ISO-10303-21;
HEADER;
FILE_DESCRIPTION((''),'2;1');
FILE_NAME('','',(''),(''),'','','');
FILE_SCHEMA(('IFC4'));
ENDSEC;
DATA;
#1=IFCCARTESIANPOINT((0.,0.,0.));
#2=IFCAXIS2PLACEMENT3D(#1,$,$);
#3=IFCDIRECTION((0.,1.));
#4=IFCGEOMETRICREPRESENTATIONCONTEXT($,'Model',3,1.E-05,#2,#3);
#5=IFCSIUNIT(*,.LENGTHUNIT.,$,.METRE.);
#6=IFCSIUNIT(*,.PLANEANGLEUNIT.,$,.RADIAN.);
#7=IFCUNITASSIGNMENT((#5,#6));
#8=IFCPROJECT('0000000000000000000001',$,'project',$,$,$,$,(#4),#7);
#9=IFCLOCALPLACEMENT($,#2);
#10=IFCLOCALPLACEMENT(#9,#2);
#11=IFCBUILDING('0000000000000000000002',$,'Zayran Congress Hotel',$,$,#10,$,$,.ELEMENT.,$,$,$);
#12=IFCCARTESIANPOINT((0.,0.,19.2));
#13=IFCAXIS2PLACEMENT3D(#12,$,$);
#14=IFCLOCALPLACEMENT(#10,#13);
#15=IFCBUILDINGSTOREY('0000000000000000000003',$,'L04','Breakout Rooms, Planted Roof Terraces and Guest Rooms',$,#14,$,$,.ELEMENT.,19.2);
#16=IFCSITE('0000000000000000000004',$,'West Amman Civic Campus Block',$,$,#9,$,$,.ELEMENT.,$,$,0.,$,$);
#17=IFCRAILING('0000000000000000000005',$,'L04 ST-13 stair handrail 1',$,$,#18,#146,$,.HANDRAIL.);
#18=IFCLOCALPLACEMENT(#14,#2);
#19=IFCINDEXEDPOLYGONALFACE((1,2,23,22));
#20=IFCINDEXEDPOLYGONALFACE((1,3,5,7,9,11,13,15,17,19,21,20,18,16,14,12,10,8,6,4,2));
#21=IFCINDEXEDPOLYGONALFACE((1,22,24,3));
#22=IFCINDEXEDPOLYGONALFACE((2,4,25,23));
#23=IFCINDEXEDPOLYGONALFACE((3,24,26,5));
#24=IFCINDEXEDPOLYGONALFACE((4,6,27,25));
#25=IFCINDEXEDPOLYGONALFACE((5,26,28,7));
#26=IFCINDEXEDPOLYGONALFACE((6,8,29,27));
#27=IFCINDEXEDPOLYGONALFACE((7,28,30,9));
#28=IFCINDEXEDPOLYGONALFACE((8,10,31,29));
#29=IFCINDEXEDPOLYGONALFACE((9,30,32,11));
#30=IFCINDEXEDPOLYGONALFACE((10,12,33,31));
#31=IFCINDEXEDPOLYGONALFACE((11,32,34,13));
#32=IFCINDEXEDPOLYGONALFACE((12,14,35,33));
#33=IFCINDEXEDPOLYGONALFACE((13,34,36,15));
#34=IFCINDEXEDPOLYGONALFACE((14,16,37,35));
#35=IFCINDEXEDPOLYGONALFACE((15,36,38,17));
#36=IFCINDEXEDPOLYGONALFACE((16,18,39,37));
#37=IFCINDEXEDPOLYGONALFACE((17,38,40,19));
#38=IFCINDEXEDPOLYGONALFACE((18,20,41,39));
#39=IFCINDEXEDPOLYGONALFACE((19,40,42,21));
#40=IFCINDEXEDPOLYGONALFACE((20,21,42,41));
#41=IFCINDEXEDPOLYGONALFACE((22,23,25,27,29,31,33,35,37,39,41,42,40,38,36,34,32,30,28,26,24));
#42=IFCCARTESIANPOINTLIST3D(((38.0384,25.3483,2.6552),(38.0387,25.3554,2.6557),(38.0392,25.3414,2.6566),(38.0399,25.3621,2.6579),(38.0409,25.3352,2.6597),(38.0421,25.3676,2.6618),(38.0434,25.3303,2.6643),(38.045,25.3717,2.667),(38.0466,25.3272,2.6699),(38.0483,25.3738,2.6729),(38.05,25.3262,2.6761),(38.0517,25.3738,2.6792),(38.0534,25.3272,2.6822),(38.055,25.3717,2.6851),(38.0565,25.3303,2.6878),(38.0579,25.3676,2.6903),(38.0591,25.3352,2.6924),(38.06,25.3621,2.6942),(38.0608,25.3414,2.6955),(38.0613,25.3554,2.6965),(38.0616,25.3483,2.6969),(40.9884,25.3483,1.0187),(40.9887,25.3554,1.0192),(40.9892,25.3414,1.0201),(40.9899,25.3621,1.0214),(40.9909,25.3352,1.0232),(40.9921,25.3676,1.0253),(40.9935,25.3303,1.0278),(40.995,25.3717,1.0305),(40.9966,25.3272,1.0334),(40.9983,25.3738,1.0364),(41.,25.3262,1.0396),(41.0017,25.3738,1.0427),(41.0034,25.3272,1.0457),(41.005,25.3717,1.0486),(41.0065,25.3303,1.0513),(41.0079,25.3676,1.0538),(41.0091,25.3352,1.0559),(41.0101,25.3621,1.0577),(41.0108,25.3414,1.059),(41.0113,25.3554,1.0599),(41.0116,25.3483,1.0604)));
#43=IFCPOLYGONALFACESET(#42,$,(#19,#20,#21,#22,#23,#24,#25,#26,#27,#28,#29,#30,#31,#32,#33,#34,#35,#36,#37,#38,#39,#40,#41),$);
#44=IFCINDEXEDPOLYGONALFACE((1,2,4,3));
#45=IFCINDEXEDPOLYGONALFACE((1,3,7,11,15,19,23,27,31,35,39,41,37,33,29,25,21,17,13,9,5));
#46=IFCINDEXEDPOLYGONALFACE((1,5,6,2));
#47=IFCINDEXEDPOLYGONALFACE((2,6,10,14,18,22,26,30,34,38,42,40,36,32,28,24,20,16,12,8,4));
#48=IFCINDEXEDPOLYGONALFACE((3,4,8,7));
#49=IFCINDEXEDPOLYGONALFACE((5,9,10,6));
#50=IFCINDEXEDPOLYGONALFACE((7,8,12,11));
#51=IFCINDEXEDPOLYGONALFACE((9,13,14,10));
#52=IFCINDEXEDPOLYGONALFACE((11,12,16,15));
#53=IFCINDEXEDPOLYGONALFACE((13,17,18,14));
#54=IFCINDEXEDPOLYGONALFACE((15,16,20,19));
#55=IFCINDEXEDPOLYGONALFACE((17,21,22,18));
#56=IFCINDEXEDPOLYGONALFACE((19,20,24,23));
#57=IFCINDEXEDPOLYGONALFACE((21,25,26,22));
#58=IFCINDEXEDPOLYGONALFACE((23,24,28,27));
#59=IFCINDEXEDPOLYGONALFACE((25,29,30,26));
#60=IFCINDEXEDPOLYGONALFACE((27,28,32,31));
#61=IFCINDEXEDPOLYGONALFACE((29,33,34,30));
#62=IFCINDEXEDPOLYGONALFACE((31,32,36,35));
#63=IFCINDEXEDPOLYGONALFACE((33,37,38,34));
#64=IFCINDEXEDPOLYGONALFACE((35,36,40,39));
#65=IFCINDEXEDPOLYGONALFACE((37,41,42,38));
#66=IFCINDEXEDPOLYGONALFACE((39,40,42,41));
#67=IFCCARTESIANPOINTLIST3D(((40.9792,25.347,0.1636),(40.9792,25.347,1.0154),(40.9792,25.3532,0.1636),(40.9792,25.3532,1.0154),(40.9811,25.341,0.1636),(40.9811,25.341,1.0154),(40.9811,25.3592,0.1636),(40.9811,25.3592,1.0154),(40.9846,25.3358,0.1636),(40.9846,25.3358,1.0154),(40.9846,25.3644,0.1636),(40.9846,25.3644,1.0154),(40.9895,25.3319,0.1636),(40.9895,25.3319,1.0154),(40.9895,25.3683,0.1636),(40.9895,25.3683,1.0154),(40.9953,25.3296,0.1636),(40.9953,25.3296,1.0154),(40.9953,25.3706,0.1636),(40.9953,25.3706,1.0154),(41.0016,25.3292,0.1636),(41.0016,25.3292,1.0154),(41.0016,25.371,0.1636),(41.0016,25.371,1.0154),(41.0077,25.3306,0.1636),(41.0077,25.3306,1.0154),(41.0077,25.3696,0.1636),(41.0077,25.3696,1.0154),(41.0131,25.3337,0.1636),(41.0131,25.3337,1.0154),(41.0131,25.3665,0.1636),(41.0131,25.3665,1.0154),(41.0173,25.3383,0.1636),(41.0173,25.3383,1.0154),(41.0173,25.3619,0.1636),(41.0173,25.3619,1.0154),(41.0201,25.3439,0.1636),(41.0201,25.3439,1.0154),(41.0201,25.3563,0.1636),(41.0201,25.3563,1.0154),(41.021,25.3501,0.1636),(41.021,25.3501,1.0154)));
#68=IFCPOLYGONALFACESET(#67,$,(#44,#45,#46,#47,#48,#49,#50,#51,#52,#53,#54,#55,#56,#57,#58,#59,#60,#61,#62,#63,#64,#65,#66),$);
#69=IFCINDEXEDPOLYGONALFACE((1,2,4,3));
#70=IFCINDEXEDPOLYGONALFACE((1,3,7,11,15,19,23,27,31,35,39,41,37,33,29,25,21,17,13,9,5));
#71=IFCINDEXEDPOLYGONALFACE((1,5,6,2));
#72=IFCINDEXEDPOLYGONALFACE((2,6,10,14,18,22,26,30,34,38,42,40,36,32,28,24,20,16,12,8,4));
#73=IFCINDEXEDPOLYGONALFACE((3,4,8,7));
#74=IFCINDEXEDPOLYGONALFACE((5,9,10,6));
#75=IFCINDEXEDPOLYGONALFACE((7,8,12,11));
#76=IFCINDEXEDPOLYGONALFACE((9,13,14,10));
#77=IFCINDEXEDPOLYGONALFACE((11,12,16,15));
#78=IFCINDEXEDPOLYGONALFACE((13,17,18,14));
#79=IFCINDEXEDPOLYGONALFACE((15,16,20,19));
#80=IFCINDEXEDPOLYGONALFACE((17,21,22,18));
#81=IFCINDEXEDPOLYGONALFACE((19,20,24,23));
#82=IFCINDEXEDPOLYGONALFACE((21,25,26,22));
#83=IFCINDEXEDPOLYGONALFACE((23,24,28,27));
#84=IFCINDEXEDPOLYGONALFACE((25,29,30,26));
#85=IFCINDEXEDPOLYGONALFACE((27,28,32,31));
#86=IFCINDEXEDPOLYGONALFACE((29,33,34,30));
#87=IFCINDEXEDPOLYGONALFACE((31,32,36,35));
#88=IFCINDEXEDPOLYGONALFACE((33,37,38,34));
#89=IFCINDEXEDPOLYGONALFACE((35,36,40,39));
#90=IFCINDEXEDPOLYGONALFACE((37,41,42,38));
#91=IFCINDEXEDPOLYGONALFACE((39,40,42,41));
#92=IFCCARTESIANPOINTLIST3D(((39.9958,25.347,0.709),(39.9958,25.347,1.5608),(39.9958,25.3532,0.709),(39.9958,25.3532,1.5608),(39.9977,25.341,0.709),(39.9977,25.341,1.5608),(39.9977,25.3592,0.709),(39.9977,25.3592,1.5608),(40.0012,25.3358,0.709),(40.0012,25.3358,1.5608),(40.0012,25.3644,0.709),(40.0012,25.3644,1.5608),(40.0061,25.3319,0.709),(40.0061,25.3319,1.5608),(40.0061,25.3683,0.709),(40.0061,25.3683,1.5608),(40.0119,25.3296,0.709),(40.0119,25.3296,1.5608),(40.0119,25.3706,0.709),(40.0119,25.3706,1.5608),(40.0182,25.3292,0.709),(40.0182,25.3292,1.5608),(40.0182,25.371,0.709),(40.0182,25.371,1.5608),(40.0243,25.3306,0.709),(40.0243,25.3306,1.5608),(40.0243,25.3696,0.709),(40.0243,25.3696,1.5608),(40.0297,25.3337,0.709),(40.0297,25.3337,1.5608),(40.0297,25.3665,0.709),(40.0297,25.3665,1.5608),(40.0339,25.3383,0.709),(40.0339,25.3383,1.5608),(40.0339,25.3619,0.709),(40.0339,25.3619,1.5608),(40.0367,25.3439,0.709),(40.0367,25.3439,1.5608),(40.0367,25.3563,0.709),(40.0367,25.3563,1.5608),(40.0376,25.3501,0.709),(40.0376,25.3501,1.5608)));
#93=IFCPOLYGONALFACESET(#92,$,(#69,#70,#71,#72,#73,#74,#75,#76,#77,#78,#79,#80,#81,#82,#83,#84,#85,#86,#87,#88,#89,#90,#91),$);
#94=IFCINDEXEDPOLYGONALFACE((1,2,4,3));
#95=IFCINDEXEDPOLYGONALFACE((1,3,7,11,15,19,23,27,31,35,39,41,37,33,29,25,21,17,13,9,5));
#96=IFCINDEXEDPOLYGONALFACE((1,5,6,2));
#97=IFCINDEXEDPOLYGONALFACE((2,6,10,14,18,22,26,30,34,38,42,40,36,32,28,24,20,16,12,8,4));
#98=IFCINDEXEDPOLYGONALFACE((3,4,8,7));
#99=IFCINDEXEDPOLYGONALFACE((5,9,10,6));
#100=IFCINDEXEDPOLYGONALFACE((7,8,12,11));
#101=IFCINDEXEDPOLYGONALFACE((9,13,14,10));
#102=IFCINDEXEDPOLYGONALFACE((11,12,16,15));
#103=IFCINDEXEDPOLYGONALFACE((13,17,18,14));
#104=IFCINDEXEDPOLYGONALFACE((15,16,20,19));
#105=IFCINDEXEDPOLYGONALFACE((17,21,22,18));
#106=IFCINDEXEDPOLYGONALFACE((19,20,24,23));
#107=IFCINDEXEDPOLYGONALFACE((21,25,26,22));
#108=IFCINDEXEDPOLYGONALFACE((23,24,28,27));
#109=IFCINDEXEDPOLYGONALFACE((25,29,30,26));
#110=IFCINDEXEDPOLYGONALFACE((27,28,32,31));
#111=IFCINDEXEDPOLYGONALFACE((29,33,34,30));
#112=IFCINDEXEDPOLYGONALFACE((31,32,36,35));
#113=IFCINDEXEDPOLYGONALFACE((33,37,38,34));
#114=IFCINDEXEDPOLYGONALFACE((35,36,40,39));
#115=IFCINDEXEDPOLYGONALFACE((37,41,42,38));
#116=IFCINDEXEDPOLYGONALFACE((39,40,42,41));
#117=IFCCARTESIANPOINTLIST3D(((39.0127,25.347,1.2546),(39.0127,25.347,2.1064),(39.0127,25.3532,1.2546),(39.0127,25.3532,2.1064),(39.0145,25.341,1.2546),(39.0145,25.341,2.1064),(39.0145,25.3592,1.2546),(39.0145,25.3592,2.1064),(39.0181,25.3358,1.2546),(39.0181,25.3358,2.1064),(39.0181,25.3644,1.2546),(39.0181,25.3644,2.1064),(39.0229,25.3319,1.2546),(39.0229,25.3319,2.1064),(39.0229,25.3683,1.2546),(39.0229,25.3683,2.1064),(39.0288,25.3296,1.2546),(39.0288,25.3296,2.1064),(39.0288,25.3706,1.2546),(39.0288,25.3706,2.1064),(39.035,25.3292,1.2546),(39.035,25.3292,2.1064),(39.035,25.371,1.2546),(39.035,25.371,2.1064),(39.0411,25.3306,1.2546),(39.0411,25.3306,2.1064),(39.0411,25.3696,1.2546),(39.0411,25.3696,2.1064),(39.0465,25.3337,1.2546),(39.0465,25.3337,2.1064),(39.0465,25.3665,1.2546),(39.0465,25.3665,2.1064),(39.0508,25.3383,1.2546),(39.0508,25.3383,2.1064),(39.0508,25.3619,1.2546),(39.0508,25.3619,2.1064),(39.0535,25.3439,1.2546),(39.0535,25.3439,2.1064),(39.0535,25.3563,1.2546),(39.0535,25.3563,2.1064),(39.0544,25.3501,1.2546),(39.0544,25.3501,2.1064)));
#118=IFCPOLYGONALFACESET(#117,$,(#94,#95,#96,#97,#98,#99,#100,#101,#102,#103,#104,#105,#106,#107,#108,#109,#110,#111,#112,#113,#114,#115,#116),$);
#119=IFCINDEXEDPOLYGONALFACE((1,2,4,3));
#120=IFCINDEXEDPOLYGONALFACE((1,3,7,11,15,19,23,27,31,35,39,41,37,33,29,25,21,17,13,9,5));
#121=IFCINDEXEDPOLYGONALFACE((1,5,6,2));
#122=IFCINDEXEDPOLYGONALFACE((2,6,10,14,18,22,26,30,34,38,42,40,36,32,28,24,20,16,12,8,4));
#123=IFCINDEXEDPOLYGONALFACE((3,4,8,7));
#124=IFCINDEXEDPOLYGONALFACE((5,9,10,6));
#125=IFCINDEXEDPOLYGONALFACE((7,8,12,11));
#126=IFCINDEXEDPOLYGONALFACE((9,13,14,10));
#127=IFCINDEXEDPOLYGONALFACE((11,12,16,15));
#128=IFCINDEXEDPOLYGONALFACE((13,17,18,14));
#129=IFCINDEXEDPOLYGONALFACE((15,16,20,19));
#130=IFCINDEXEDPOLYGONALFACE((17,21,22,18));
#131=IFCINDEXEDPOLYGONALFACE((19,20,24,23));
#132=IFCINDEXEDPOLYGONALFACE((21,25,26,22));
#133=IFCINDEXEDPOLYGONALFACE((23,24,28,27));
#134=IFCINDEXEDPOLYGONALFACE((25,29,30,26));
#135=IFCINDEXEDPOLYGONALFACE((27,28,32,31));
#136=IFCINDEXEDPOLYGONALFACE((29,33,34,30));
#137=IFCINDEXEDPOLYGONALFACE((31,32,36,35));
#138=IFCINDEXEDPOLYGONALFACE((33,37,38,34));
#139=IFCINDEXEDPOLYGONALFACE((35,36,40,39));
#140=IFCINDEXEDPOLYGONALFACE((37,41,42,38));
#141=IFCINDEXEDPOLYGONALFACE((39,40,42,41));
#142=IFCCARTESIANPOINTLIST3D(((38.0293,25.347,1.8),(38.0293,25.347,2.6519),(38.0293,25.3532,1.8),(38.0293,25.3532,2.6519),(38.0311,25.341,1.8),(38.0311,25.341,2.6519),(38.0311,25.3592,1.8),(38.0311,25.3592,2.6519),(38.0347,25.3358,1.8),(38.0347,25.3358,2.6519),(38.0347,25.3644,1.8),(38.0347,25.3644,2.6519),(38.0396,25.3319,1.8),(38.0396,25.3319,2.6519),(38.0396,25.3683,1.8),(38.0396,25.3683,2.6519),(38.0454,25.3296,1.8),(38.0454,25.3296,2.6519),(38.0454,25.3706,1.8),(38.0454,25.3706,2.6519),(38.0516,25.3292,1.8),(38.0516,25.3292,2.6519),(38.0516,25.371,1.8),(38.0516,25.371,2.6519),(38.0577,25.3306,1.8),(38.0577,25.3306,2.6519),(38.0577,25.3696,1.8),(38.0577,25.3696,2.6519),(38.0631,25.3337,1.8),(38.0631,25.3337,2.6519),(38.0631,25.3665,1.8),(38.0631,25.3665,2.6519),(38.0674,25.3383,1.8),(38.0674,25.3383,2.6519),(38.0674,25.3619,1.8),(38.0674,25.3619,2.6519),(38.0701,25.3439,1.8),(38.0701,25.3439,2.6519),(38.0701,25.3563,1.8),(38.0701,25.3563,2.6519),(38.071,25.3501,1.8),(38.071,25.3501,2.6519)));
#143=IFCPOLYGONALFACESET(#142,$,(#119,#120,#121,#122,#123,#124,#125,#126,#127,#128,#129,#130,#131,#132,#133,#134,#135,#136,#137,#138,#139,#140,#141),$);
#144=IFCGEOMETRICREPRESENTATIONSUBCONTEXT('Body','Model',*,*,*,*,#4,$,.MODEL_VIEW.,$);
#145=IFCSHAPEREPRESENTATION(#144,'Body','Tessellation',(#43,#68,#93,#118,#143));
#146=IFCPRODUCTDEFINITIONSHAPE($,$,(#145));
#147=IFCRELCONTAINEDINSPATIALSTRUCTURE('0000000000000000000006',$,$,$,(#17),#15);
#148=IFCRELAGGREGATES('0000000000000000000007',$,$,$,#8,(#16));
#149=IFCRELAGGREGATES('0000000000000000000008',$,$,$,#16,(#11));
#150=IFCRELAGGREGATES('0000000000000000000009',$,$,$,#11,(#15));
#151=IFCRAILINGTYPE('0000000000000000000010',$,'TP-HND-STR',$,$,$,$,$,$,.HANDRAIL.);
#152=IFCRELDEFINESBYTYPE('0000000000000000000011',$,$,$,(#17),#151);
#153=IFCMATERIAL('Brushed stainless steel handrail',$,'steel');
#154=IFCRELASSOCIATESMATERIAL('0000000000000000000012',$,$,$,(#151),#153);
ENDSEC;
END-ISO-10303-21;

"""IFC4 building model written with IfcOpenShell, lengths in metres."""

from ifc_helpers import new_model, si_unit, direction, frame, origin, origin_2d, place, context, subcontext, project, spatial, circle, extrude, material, type_object, element, save


model = new_model("IFC4")

# Units and contexts
model_context = context("Model", 3, precision=1e-05, world=origin(), true_north=direction((0.0, 1.0)))
body_context = subcontext(model_context, "Body", "Model", "MODEL_VIEW")
ifc_project = project(units=[si_unit("LENGTHUNIT", "METRE"), si_unit("PLANEANGLEUNIT", "RADIAN")], contexts=[model_context])

# Site, building, storey
site_placement = place(None, origin())
site = spatial("IfcSite", under=ifc_project, at=site_placement, Name="West Amman Civic Campus Block", CompositionType="ELEMENT", RefElevation=0.0)
building_placement = place(site_placement, origin())
building = spatial("IfcBuilding", under=site, at=building_placement, Name="Zayran Congress Hotel", CompositionType="ELEMENT")
storey_placement = place(building_placement, frame((0.0, 0.0, 19.2)))
storey = spatial("IfcBuildingStorey", under=building, at=storey_placement, Name="L04", Description="Breakout Rooms, Planted Roof Terraces and Guest Rooms", CompositionType="ELEMENT", Elevation=19.2)

# Railing
ifc_material_1 = material(Name="Brushed stainless steel handrail", Category="steel")
railing_type_1 = type_object("IfcRailingType", Name="TP-HND-STR", PredefinedType="HANDRAIL", material=ifc_material_1)
railing_1_placement = place(storey_placement, frame((41.0, 25.3501, 0.1636)))
element("IfcRailing", 1, at=railing_1_placement, inside=storey, type_object=railing_type_1, Name="L04 ST-13 stair handrail 1", PredefinedType="HANDRAIL", context=body_context, shape_type="SweptSolid", body=[
    extrude(circle(Radius=0.0239, at=origin_2d()), frame((0.0, 0.0, 0.876), z_axis=(-0.874458, 0.0, 0.485102), x_axis=(0.0, -1.0, 0.0)), (0.0, 0.0, 1.0), 3.3735),
    extrude(circle(Radius=0.021, at=origin_2d()), origin(), (0.0, 0.0, 1.0), 0.8518),
    extrude(circle(Radius=0.021, at=origin_2d()), frame((-0.9834, 0.0, 0.5454)), (0.0, 0.0, 1.0), 0.8518),
    extrude(circle(Radius=0.021, at=origin_2d()), frame((-1.9666, 0.0, 1.0911)), (0.0, 0.0, 1.0), 0.8518),
    extrude(circle(Radius=0.021, at=origin_2d()), frame((-2.95, 0.0, 1.6365)), (0.0, 0.0, 1.0), 0.8518),
])

save(model, "model.ifc")
